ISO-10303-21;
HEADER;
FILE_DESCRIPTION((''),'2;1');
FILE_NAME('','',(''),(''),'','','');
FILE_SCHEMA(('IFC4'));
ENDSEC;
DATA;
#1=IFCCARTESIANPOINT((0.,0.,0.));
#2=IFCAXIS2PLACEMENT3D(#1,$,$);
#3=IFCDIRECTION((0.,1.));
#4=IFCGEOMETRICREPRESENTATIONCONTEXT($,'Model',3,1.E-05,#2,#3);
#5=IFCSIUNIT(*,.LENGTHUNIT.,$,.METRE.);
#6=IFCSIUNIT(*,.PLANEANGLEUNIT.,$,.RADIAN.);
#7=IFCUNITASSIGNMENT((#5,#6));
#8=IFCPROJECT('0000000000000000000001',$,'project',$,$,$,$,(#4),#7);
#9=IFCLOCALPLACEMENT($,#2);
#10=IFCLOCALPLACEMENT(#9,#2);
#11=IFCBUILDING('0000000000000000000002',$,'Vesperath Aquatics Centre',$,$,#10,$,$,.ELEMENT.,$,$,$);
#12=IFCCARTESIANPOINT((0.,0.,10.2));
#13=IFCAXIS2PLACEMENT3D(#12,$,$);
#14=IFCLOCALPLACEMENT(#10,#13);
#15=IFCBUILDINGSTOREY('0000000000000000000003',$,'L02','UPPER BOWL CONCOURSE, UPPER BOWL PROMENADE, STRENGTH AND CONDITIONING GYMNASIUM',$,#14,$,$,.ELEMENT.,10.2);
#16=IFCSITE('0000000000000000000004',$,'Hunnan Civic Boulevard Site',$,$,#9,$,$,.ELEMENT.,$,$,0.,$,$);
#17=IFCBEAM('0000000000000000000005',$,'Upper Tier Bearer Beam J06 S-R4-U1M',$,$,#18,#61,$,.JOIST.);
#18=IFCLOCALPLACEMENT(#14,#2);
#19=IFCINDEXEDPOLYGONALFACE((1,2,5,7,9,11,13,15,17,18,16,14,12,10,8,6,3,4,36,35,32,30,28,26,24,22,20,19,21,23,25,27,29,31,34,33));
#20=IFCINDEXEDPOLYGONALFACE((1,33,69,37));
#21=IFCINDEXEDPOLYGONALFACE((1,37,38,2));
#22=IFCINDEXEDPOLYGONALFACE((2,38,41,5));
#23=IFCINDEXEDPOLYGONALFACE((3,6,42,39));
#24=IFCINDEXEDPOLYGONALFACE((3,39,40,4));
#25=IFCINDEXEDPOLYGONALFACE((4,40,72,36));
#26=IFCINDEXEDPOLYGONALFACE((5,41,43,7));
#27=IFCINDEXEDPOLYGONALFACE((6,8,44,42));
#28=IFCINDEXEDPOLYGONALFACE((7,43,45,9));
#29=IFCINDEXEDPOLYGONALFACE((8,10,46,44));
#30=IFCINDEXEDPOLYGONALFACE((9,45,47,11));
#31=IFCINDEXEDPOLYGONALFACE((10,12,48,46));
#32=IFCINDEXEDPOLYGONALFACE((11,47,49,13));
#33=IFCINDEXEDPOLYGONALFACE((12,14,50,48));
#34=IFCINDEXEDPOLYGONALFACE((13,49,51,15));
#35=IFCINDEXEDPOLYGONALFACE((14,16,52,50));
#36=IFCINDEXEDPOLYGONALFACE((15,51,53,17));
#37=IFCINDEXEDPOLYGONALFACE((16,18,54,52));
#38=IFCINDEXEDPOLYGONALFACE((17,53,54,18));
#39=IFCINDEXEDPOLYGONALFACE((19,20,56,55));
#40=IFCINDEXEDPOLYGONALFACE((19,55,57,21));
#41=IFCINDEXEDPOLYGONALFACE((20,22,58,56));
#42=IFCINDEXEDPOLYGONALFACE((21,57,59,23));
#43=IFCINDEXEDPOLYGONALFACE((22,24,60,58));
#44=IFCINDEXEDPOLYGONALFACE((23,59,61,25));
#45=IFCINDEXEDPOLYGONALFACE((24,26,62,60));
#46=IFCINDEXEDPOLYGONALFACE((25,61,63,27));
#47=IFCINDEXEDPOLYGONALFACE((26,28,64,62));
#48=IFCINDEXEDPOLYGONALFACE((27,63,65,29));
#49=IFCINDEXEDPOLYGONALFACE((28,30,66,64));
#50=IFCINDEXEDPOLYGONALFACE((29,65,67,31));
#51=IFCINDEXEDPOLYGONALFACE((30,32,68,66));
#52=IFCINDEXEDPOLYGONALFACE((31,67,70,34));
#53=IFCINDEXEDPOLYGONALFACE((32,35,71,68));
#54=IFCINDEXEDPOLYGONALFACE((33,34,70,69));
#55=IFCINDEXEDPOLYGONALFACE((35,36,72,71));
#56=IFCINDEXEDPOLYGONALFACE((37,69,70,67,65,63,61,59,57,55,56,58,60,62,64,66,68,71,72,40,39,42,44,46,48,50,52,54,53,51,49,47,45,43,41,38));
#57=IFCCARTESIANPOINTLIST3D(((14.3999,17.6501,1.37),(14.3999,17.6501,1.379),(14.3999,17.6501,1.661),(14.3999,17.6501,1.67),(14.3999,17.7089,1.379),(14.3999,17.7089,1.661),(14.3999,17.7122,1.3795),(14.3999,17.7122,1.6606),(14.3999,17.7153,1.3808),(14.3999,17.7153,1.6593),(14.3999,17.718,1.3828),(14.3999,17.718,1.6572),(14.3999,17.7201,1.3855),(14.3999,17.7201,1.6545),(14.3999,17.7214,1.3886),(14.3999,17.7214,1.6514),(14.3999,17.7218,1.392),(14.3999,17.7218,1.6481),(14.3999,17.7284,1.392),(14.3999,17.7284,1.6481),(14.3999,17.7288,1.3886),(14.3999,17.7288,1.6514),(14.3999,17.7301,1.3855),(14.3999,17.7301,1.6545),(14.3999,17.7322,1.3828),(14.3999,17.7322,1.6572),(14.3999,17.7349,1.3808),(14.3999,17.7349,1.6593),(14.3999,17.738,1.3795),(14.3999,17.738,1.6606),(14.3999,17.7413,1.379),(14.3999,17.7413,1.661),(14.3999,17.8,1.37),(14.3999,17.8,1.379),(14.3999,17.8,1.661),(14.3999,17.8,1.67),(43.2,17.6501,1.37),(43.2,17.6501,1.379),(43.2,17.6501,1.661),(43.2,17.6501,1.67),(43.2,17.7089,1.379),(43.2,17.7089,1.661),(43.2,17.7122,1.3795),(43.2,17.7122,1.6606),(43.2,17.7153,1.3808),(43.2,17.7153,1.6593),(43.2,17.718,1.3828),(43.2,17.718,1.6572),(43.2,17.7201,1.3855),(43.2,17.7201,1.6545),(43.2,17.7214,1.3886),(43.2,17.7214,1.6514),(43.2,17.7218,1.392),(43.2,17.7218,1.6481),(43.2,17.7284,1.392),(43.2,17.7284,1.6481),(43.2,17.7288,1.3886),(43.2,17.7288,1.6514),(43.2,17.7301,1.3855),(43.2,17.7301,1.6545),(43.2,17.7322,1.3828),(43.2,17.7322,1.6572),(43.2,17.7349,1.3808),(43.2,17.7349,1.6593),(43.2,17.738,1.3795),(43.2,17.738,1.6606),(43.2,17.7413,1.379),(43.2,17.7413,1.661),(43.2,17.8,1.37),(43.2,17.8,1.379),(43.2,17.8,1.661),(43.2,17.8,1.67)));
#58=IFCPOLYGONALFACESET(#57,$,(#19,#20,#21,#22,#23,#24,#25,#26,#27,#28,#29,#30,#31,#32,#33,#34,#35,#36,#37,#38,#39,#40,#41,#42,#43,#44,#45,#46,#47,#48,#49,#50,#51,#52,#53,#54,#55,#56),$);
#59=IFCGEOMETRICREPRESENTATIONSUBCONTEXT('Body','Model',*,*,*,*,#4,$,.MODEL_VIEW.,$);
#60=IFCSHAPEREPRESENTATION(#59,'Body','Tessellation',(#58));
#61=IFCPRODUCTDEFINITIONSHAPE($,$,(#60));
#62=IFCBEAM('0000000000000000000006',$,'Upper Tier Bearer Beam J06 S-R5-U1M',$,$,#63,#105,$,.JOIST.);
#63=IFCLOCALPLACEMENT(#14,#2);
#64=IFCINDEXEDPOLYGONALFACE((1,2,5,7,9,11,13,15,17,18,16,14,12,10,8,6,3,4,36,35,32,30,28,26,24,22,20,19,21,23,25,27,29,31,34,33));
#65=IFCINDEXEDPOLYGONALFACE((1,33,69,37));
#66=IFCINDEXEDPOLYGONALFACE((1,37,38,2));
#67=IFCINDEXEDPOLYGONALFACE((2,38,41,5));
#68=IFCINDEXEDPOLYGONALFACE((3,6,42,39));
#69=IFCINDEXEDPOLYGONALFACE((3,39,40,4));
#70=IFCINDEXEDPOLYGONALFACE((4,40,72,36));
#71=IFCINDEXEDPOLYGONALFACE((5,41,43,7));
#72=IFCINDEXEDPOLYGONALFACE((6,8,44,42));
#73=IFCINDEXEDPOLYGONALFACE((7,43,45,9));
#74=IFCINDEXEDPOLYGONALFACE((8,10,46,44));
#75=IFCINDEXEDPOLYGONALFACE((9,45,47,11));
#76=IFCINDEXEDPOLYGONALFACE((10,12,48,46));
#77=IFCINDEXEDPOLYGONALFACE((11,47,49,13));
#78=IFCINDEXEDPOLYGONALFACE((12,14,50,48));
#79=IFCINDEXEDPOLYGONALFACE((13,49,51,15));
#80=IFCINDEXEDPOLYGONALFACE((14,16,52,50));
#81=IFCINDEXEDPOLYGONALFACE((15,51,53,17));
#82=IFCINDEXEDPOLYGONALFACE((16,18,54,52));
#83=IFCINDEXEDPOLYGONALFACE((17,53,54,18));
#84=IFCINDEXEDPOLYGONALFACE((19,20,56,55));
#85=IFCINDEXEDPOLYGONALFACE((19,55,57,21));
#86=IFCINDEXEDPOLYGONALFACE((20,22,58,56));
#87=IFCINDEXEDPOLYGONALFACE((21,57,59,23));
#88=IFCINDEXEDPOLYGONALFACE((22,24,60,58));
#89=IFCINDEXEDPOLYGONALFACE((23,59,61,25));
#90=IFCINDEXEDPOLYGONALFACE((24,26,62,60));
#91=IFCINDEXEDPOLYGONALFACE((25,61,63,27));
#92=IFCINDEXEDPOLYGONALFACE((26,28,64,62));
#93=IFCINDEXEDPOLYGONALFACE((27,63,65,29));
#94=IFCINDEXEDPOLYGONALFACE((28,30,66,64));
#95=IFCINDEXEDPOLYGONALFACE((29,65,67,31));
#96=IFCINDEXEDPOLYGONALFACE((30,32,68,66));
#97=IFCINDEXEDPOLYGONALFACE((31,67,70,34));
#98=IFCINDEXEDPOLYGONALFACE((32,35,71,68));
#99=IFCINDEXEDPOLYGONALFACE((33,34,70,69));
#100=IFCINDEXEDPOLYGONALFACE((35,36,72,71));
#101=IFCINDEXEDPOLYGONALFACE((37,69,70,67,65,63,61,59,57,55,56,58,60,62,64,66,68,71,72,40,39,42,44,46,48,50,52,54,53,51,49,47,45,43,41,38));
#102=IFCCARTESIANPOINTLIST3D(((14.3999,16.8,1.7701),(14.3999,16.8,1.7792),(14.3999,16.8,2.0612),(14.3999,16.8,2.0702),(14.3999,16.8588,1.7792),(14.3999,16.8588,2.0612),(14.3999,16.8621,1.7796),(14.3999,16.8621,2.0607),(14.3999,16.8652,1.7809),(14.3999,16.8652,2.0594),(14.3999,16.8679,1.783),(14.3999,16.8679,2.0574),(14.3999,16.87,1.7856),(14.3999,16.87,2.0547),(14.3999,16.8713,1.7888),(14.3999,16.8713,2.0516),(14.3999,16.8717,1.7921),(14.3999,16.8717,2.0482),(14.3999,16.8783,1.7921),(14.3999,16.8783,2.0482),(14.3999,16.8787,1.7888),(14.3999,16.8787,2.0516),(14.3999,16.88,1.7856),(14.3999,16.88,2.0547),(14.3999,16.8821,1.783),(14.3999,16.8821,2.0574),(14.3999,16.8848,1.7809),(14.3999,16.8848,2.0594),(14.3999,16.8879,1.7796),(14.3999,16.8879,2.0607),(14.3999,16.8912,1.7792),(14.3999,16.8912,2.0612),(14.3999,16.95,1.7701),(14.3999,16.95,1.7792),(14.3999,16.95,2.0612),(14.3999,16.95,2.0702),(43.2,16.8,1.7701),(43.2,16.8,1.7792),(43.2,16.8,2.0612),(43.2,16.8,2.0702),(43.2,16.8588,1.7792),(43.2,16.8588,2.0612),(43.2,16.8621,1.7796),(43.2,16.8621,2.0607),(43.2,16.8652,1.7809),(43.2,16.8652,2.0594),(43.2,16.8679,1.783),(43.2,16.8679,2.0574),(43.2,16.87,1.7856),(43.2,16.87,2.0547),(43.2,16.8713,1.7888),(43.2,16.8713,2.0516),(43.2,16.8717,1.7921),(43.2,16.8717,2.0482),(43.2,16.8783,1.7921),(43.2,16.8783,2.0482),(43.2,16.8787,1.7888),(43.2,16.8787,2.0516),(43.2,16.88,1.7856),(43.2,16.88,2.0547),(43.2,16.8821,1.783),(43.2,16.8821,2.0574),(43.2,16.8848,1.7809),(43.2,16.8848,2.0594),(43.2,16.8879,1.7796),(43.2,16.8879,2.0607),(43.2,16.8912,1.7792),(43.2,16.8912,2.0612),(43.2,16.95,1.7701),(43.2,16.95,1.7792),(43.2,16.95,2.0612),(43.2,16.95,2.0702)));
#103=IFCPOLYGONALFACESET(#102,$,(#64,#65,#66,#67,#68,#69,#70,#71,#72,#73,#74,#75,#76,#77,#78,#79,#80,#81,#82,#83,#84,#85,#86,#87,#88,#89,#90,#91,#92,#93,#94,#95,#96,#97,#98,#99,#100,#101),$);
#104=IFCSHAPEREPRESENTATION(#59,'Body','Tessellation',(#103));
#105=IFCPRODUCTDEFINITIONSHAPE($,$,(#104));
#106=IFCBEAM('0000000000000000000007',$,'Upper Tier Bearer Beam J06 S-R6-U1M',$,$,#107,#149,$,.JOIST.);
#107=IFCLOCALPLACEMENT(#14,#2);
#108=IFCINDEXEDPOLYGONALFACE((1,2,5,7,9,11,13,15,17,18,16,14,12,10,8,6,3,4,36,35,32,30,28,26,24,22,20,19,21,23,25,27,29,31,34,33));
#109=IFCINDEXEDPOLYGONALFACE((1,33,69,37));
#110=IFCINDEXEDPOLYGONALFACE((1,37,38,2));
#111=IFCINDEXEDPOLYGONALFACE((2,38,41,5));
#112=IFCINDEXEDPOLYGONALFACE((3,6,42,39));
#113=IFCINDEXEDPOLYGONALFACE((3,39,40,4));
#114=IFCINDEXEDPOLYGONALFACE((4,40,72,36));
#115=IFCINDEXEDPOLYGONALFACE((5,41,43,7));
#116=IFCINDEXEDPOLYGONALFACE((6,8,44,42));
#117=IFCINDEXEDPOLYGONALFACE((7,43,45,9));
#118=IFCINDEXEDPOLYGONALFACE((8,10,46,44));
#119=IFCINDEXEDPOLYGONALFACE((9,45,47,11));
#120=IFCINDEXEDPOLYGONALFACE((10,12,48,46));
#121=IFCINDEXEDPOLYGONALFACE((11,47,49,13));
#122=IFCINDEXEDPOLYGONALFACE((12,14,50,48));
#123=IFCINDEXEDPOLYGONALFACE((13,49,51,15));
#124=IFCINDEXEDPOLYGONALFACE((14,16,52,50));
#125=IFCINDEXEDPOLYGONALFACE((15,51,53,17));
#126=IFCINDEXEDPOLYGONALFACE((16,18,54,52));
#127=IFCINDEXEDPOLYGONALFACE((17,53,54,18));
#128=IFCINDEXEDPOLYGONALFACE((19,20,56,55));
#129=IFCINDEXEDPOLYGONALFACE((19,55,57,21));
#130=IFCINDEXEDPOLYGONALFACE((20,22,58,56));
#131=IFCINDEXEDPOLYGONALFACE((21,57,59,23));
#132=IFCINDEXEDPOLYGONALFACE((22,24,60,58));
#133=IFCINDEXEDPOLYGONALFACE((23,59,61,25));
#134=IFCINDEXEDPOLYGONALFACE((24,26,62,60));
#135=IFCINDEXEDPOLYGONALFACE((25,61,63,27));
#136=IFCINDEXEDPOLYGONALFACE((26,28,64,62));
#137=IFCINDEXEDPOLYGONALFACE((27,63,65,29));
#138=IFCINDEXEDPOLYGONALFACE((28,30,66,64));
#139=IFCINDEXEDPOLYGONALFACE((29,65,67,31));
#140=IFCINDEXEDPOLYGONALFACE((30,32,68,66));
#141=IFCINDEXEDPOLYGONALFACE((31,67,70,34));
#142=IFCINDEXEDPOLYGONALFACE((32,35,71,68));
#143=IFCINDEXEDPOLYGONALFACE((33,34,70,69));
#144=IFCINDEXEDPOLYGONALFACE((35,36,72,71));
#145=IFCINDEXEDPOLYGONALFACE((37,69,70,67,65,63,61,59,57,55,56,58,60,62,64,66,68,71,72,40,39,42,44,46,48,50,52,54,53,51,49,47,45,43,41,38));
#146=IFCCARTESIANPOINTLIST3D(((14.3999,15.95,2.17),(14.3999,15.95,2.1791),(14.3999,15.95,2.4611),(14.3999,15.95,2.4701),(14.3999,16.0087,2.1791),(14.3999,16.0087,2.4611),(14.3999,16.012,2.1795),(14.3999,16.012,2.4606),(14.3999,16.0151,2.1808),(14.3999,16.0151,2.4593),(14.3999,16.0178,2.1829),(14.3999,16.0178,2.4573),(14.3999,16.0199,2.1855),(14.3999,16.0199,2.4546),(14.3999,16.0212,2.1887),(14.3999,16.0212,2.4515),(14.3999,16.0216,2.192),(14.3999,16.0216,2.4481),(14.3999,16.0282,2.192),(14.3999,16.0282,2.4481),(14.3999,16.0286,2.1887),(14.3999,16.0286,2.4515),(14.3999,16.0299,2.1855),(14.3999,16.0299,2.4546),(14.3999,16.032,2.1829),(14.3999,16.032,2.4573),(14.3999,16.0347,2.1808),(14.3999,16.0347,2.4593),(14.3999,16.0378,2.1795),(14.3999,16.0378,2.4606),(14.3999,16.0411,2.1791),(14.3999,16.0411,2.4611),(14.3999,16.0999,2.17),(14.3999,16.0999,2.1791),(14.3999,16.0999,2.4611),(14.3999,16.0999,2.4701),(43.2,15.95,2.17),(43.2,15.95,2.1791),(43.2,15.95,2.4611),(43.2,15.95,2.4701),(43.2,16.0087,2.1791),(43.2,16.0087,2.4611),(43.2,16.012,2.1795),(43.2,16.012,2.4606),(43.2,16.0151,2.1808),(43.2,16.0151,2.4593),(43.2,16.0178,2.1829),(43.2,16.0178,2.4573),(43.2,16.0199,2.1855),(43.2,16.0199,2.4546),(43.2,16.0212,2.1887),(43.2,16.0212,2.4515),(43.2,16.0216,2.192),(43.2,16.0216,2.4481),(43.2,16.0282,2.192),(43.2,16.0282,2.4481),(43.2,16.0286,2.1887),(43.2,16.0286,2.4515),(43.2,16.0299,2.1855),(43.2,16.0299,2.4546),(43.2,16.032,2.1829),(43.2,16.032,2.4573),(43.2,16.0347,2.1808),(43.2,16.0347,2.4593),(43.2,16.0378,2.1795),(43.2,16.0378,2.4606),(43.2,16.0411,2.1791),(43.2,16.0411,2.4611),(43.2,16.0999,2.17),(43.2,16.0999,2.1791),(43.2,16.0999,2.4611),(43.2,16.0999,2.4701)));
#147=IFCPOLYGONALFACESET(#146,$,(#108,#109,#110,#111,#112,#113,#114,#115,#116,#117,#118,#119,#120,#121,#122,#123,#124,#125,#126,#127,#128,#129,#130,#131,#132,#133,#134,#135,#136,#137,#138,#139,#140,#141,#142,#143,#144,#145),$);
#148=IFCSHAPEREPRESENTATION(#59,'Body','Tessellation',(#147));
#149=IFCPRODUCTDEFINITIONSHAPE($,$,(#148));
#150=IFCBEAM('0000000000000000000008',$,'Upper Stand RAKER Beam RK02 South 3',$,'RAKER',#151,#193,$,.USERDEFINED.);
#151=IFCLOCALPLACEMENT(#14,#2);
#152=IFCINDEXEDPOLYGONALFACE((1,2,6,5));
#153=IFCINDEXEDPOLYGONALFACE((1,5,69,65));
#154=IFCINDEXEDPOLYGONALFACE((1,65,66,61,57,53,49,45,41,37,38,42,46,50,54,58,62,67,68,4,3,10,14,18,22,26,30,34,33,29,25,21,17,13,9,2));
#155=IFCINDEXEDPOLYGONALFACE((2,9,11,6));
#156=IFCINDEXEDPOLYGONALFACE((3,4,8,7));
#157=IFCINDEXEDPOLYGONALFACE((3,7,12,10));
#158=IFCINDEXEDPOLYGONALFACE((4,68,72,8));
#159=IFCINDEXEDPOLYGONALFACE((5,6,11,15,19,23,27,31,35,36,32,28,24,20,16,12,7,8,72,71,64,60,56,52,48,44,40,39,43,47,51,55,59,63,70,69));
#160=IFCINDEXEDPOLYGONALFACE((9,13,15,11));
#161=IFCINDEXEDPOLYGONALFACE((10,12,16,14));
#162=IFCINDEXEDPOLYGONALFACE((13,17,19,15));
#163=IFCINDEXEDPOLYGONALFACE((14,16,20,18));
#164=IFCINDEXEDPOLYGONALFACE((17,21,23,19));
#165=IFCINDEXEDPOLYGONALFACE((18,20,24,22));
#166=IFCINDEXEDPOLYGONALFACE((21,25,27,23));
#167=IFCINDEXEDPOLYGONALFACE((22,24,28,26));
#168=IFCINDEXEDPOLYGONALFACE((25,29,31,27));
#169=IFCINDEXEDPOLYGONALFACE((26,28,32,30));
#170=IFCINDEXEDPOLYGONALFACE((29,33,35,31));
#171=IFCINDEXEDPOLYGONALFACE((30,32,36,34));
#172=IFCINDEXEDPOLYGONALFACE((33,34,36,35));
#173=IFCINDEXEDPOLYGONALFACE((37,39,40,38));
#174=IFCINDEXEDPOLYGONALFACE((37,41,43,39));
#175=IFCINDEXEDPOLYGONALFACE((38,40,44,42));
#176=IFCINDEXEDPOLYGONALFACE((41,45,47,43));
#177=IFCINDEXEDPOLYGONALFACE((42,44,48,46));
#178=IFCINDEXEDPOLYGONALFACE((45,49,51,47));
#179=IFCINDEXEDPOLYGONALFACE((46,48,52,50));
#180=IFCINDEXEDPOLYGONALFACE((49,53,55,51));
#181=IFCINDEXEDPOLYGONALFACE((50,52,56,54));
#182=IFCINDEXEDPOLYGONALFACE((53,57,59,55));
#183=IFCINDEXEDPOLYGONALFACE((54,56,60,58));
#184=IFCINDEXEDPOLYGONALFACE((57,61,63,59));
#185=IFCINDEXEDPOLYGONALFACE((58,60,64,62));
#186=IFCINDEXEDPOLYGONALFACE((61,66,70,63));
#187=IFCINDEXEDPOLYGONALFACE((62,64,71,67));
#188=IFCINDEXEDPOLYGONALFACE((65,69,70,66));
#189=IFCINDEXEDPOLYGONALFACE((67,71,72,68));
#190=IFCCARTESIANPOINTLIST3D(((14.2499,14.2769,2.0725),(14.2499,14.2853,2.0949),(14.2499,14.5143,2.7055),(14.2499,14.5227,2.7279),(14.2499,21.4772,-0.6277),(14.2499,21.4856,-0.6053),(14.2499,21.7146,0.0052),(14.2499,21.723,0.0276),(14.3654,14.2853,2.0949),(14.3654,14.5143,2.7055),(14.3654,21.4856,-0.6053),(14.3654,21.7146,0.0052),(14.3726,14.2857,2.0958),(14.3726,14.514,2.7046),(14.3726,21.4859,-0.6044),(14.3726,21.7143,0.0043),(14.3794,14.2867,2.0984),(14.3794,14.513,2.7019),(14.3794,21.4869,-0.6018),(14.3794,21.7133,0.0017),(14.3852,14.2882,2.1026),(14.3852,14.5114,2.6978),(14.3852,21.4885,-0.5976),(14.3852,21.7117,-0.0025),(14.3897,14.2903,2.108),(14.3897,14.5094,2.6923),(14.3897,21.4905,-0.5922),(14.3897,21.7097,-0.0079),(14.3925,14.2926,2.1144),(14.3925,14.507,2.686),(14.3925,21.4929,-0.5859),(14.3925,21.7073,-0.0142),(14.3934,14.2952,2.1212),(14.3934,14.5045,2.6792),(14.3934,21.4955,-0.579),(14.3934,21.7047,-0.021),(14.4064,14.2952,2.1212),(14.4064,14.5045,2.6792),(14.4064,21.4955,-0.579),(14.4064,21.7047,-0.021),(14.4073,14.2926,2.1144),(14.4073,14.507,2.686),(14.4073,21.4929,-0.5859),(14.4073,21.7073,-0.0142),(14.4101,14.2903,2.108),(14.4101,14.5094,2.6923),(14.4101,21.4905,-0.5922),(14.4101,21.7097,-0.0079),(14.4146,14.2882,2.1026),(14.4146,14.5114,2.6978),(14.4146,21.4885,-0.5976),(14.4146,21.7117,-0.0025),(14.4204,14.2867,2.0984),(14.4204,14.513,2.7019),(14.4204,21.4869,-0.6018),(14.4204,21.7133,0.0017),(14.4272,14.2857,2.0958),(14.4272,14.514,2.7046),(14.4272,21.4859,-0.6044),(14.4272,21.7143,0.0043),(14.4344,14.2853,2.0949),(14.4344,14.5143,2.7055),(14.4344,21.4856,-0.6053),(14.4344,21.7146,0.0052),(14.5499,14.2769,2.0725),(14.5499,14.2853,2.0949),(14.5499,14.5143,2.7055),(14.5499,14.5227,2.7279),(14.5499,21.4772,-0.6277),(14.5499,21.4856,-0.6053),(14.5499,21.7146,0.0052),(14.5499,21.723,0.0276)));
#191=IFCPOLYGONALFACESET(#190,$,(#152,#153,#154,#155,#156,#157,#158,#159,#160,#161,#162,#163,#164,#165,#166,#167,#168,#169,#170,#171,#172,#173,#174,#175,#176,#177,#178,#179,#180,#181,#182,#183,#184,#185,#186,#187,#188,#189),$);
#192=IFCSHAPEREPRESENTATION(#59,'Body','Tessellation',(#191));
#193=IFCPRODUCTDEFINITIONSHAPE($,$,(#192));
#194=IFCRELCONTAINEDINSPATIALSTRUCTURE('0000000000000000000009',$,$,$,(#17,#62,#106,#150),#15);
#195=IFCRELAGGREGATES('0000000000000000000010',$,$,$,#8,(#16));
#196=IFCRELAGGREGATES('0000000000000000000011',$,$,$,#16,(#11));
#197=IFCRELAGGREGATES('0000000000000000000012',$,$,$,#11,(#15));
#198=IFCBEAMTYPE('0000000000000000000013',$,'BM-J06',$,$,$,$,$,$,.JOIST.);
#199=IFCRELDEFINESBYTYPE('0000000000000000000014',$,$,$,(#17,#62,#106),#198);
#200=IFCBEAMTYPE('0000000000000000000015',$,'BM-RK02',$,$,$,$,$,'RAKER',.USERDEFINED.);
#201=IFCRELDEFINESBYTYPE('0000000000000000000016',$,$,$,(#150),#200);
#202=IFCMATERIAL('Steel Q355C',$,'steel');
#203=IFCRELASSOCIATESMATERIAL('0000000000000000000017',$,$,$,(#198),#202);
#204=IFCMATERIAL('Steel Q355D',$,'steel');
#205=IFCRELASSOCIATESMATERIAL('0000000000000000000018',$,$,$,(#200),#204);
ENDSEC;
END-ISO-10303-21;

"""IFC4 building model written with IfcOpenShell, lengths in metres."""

from ifc_helpers import new_model, si_unit, direction, frame, origin, origin_2d, place, context, subcontext, project, spatial, i_section, extrude, material, material_profile, profile_set, type_object, element, save


model = new_model("IFC4")

# Units and contexts
model_context = context("Model", 3, precision=1e-05, world=origin(), true_north=direction((0.0, 1.0)))
body_context = subcontext(model_context, "Body", "Model", "MODEL_VIEW")
ifc_project = project(units=[si_unit("LENGTHUNIT", "METRE"), si_unit("PLANEANGLEUNIT", "RADIAN")], contexts=[model_context])

# Site, building, storey
site_placement = place(None, origin())
site = spatial("IfcSite", under=ifc_project, at=site_placement, Name="Hunnan Civic Boulevard Site", CompositionType="ELEMENT", RefElevation=0.0)
building_placement = place(site_placement, origin())
building = spatial("IfcBuilding", under=site, at=building_placement, Name="Vesperath Aquatics Centre", CompositionType="ELEMENT")
storey_placement = place(building_placement, frame((0.0, 0.0, 10.2)))
storey = spatial("IfcBuildingStorey", under=building, at=storey_placement, Name="L02", Description="UPPER BOWL CONCOURSE, UPPER BOWL PROMENADE, STRENGTH AND CONDITIONING GYMNASIUM", CompositionType="ELEMENT", Elevation=10.2)

# Beams
ifc_material_1 = material(Name="Steel Q355C", Category="steel")
ifc_material_profile_1 = material_profile(ifc_material_1, i_section(OverallWidth=0.1499, OverallDepth=0.3, WebThickness=0.0066, FlangeThickness=0.009, FilletRadius=0.0129, at=origin_2d()), Name="HN 300x150x6.5x9")
ifc_profile_set_1 = profile_set([ifc_material_profile_1], Name="Steel Q355C")
beam_type_1 = type_object("IfcBeamType", Name="BM-J06", PredefinedType="JOIST", material=ifc_profile_set_1)
for number, where, z_axis, x_axis, name in (
    (1, (14.3999, 17.7251, 1.52), (1.0, 0.0, 0.0), (0.0, 1.0, 0.0), "Upper Tier Bearer Beam J06 S-R4-U1M"),
    (2, (14.3999, 16.875, 1.9202), (1.0, 0.0, 0.0), (0.0, 1.0, 0.0), "Upper Tier Bearer Beam J06 S-R5-U1M"),
    (3, (14.3999, 16.0249, 2.3201), (1.0, 0.0, 0.0), (0.0, 1.0, 0.0), "Upper Tier Bearer Beam J06 S-R6-U1M"),
):
    element("IfcBeam", number, at=place(storey_placement, frame(where, z_axis=z_axis, x_axis=x_axis)), inside=storey, type_object=beam_type_1, Name=name, PredefinedType="JOIST", context=body_context, shape_type="SweptSolid", body=[
        extrude(i_section(OverallWidth=0.1499, OverallDepth=0.3, WebThickness=0.0066, FlangeThickness=0.009, FilletRadius=0.0129, at=origin_2d()), origin(), (0.0, 0.0, 1.0), 28.8),
    ])
ifc_material_2 = material(Name="Steel Q355D", Category="steel")
ifc_material_profile_2 = material_profile(ifc_material_2, i_section(OverallWidth=0.3, OverallDepth=0.7, WebThickness=0.0129, FlangeThickness=0.0239, FilletRadius=0.0281, at=origin_2d()), Name="HN 700x300x13x24")
ifc_profile_set_2 = profile_set([ifc_material_profile_2], Name="Steel Q355D")
beam_type_2 = type_object("IfcBeamType", Name="BM-RK02", ElementType="RAKER", PredefinedType="USERDEFINED", material=ifc_profile_set_2)
beam_1_placement = place(storey_placement, frame((14.3999, 21.6001, -0.3), z_axis=(0.0, -0.936324, 0.351137), x_axis=(1.0, 0.0, 0.0)))
element("IfcBeam", 4, at=beam_1_placement, inside=storey, type_object=beam_type_2, Name="Upper Stand RAKER Beam RK02 South 3", ObjectType="RAKER", PredefinedType="USERDEFINED", context=body_context, shape_type="SweptSolid", body=[
    extrude(i_section(OverallWidth=0.3, OverallDepth=0.7, WebThickness=0.0129, FlangeThickness=0.0239, FilletRadius=0.0281, at=origin_2d()), origin(), (0.0, 0.0, 1.0), 7.6899),
])

save(model, "model.ifc")
